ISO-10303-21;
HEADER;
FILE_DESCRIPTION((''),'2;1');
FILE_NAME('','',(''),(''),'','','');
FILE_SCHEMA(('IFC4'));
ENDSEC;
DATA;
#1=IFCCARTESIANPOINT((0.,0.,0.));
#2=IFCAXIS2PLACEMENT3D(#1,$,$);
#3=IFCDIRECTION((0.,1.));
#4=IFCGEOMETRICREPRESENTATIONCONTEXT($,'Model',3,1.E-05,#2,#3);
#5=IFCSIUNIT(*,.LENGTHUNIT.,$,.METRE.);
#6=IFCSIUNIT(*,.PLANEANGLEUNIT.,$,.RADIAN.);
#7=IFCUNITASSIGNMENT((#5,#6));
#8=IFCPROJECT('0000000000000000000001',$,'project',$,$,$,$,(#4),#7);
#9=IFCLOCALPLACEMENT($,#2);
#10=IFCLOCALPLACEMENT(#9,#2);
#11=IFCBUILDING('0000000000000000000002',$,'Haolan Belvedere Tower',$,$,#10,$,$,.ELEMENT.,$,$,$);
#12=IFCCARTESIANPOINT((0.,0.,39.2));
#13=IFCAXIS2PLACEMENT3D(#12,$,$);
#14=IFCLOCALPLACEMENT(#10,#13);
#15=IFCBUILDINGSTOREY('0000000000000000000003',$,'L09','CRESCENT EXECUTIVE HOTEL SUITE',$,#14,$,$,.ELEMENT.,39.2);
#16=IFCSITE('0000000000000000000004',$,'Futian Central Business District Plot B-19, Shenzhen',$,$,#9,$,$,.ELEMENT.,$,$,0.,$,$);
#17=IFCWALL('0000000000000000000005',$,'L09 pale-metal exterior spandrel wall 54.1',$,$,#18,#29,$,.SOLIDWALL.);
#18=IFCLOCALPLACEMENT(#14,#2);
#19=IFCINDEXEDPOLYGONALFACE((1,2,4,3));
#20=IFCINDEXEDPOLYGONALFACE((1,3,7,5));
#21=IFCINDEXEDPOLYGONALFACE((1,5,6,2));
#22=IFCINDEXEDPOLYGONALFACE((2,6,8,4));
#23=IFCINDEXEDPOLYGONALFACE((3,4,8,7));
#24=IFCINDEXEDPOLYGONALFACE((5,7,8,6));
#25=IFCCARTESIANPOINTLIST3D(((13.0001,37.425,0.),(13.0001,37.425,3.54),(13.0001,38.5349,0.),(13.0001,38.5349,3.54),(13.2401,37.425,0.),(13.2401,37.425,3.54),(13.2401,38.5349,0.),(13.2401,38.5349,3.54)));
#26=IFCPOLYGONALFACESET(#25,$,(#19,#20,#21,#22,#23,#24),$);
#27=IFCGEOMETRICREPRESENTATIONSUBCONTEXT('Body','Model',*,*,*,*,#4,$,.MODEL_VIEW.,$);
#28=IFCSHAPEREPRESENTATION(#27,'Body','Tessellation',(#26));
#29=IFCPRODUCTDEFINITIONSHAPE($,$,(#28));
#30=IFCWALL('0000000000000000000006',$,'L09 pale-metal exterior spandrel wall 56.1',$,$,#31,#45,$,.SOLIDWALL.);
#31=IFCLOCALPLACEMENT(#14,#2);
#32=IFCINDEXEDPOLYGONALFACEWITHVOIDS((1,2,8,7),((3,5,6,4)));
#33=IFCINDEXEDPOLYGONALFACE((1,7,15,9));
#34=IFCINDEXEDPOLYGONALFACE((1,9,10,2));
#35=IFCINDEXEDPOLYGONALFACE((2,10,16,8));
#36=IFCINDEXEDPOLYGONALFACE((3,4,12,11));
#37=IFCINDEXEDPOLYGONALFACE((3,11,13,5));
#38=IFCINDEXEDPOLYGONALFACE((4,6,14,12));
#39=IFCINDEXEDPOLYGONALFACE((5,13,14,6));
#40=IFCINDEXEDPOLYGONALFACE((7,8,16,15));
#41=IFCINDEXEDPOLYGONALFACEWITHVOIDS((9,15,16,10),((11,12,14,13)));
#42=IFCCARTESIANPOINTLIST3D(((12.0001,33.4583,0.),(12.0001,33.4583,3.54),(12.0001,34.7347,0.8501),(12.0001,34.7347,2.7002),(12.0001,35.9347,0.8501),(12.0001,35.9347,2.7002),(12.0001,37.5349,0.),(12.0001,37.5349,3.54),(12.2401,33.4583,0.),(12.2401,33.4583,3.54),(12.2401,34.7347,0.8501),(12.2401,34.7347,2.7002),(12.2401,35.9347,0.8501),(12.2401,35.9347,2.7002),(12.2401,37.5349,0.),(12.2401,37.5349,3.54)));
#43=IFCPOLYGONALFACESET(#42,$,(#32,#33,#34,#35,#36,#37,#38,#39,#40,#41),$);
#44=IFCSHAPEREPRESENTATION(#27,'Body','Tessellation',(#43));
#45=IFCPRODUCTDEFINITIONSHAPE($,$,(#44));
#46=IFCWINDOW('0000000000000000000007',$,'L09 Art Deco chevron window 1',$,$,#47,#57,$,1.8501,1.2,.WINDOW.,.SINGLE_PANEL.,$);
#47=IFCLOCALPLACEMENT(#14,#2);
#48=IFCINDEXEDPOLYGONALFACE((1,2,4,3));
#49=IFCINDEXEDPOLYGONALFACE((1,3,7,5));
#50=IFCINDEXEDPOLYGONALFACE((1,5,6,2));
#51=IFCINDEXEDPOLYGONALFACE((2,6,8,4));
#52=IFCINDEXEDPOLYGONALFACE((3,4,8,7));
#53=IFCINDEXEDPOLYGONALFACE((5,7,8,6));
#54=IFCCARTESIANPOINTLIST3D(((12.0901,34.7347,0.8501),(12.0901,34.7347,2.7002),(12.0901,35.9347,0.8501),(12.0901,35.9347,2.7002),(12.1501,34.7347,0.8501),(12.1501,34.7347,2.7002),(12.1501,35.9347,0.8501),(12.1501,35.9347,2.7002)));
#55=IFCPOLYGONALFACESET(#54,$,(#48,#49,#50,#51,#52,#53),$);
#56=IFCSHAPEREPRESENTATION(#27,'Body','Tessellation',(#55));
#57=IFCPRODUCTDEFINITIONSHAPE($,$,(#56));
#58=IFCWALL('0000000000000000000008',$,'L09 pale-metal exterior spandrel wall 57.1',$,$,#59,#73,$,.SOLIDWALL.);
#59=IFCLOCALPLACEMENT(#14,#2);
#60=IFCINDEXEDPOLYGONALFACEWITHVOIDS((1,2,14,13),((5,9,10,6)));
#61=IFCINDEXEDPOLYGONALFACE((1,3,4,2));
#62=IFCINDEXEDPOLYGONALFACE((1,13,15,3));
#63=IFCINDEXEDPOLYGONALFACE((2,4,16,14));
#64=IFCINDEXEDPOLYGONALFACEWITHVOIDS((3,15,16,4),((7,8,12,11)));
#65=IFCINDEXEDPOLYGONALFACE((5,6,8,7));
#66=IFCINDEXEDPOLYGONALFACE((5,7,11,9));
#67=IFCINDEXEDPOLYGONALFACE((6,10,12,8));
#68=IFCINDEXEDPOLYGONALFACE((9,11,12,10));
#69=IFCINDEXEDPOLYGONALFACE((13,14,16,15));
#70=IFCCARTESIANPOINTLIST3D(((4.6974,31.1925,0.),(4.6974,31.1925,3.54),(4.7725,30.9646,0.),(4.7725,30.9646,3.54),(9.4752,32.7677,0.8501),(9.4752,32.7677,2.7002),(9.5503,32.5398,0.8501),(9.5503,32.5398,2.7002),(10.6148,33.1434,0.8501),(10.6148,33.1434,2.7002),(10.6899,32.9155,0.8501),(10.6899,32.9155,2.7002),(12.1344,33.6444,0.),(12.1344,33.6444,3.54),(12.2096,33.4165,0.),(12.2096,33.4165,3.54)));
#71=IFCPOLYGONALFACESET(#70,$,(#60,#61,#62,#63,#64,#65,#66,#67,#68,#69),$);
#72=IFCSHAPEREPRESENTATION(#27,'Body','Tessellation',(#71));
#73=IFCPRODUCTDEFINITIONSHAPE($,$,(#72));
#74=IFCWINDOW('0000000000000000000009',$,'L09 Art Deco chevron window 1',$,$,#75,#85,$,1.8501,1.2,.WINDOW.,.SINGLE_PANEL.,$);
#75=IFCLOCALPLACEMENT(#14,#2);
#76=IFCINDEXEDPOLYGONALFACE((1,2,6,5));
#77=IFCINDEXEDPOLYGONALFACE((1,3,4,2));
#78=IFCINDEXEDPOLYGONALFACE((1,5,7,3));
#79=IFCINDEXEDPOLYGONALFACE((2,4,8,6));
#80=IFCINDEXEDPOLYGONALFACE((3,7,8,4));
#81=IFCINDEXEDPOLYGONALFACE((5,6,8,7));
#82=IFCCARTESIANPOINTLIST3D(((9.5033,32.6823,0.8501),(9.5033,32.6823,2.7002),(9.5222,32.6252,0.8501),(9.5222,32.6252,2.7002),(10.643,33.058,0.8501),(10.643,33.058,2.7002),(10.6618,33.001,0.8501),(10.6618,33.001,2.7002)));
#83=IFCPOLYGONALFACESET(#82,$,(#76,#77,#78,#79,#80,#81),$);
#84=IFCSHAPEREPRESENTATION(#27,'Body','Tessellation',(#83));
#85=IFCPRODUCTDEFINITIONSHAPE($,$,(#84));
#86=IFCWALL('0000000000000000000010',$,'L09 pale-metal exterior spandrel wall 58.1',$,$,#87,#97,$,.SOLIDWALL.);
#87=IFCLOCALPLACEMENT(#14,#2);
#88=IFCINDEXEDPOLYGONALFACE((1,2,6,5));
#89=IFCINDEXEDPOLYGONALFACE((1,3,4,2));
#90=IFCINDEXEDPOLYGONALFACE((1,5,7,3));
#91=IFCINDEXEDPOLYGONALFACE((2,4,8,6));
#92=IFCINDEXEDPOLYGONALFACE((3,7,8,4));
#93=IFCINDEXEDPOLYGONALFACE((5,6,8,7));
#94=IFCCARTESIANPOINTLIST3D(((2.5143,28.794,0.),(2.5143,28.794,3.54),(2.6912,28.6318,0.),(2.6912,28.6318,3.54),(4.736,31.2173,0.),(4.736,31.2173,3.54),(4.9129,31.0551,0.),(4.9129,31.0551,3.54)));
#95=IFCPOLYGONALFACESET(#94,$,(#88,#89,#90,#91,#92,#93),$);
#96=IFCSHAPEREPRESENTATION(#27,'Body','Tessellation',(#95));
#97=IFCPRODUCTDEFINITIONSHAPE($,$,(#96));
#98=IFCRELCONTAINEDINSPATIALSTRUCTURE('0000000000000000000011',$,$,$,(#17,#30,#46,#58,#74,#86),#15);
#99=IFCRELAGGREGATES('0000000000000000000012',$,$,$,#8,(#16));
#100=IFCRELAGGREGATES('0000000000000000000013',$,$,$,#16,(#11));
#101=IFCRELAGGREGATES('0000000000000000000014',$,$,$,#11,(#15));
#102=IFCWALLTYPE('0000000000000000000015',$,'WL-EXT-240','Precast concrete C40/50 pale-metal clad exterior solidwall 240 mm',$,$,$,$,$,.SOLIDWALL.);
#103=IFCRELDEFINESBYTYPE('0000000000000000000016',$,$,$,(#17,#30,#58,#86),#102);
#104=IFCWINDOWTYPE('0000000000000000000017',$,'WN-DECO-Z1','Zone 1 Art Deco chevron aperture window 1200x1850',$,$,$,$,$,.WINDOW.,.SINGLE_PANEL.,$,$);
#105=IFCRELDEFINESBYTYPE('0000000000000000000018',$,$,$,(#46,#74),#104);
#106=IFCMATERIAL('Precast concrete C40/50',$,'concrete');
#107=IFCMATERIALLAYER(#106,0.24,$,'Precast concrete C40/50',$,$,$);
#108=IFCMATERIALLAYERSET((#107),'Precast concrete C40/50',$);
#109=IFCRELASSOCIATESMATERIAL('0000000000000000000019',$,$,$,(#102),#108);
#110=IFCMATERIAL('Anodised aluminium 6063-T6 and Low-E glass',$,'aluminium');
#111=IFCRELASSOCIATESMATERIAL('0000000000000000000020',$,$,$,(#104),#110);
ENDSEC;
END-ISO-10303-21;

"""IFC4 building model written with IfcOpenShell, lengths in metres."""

from ifc_helpers import new_model, si_unit, direction, frame, frame_2d, origin, place, context, subcontext, project, spatial, rectangle, extrude, material, layer, layer_set, type_object, element, fill, save


model = new_model("IFC4")

# Units and contexts
model_context = context("Model", 3, precision=1e-05, world=origin(), true_north=direction((0.0, 1.0)))
body_context = subcontext(model_context, "Body", "Model", "MODEL_VIEW")
ifc_project = project(units=[si_unit("LENGTHUNIT", "METRE"), si_unit("PLANEANGLEUNIT", "RADIAN")], contexts=[model_context])

# Site, building, storey
site_placement = place(None, origin())
site = spatial("IfcSite", under=ifc_project, at=site_placement, Name="Futian Central Business District Plot B-19, Shenzhen", CompositionType="ELEMENT", RefElevation=0.0)
building_placement = place(site_placement, origin())
building = spatial("IfcBuilding", under=site, at=building_placement, Name="Haolan Belvedere Tower", CompositionType="ELEMENT")
storey_placement = place(building_placement, frame((0.0, 0.0, 39.2)))
storey = spatial("IfcBuildingStorey", under=building, at=storey_placement, Name="L09", Description="CRESCENT EXECUTIVE HOTEL SUITE", CompositionType="ELEMENT", Elevation=39.2)

# Wall
ifc_material_1 = material(Name="Precast concrete C40/50", Category="concrete")
ifc_layer_1 = layer(ifc_material_1, 0.24, Name="Precast concrete C40/50")
ifc_layer_set_1 = layer_set([ifc_layer_1], Name="Precast concrete C40/50")
wall_type_1 = type_object("IfcWallType", Name="WL-EXT-240", Description="Precast concrete C40/50 pale-metal clad exterior solidwall 240 mm", PredefinedType="SOLIDWALL", material=ifc_layer_set_1)
wall_1_placement = place(storey_placement, frame((13.1201, 38.5349, 0.0), z_axis=(0.0, 0.0, 1.0), x_axis=(0.0, -1.0, 0.0)))
element("IfcWall", 1, at=wall_1_placement, inside=storey, type_object=wall_type_1, Name="L09 pale-metal exterior spandrel wall 54.1", PredefinedType="SOLIDWALL", context=body_context, shape_type="SweptSolid", body=[
    extrude(rectangle(XDim=1.1099, YDim=0.24, at=frame_2d((0.5549, 0.0))), origin(), (0.0, 0.0, 1.0), 3.54),
])

# Walls, openings, windows
wall_2_placement = place(storey_placement, frame((12.1201, 37.5349, 0.0), z_axis=(0.0, 0.0, 1.0), x_axis=(0.0, -1.0, 0.0)))
wall_2 = element("IfcWall", 2, at=wall_2_placement, inside=storey, type_object=wall_type_1, Name="L09 pale-metal exterior spandrel wall 56.1", PredefinedType="SOLIDWALL", context=body_context, shape_type="SweptSolid", body=[
    extrude(rectangle(XDim=4.0767, YDim=0.24, at=frame_2d((2.0383, 0.0))), origin(), (0.0, 0.0, 1.0), 3.54),
])
opening_1_placement = place(wall_2_placement, frame((1.6001, 0.0, 0.8501)))
opening_1 = element("IfcOpeningElement", 3, at=opening_1_placement, cuts=wall_2, PredefinedType="OPENING", context=body_context, shape_type="SweptSolid", body=[
    extrude(rectangle(XDim=1.2, YDim=1.8501, at=frame_2d((0.6001, 0.925))), frame((0.0, 0.1299, 0.0), z_axis=(0.0, -1.0, 0.0), x_axis=(1.0, 0.0, 0.0)), (0.0, 0.0, 1.0), 0.26),
])
ifc_material_2 = material(Name="Anodised aluminium 6063-T6 and Low-E glass", Category="aluminium")
window_type = type_object("IfcWindowType", Name="WN-DECO-Z1", Description="Zone 1 Art Deco chevron aperture window 1200x1850", PartitioningType="SINGLE_PANEL", PredefinedType="WINDOW", material=ifc_material_2)
window_1_placement = place(opening_1_placement, origin())
window_1 = element("IfcWindow", 4, at=window_1_placement, inside=storey, type_object=window_type, Name="L09 Art Deco chevron window 1", OverallHeight=1.8501, OverallWidth=1.2, PartitioningType="SINGLE_PANEL", PredefinedType="WINDOW", context=body_context, shape_type="SweptSolid", body=[
    extrude(rectangle(XDim=1.2, YDim=1.8501, at=frame_2d((0.6001, 0.925))), frame((0.0, 0.03, 0.0), z_axis=(0.0, -1.0, 0.0), x_axis=(1.0, 0.0, 0.0)), (0.0, 0.0, 1.0), 0.0601),
])
fill(opening_1, window_1)
wall_3_placement = place(storey_placement, frame((12.1721, 33.5305, 0.0), z_axis=(0.0, 0.0, 1.0), x_axis=(-0.949716, -0.313111, 0.0)))
wall_3 = element("IfcWall", 5, at=wall_3_placement, inside=storey, type_object=wall_type_1, Name="L09 pale-metal exterior spandrel wall 57.1", PredefinedType="SOLIDWALL", context=body_context, shape_type="SweptSolid", body=[
    extrude(rectangle(XDim=7.8308, YDim=0.24, at=frame_2d((3.9155, 0.0))), origin(), (0.0, 0.0, 1.0), 3.54),
])
opening_2_placement = place(wall_3_placement, frame((1.6001, 0.0, 0.8501)))
opening_2 = element("IfcOpeningElement", 6, at=opening_2_placement, cuts=wall_3, PredefinedType="OPENING", context=body_context, shape_type="SweptSolid", body=[
    extrude(rectangle(XDim=1.2, YDim=1.8501, at=frame_2d((0.6001, 0.925))), frame((0.0, 0.1299, 0.0), z_axis=(0.0, -1.0, 0.0), x_axis=(1.0, 0.0, 0.0)), (0.0, 0.0, 1.0), 0.26),
])
window_2_placement = place(opening_2_placement, origin())
window_2 = element("IfcWindow", 7, at=window_2_placement, inside=storey, type_object=window_type, Name="L09 Art Deco chevron window 1", OverallHeight=1.8501, OverallWidth=1.2, PartitioningType="SINGLE_PANEL", PredefinedType="WINDOW", context=body_context, shape_type="SweptSolid", body=[
    extrude(rectangle(XDim=1.2, YDim=1.8501, at=frame_2d((0.6001, 0.925))), frame((0.0, 0.03, 0.0), z_axis=(0.0, -1.0, 0.0), x_axis=(1.0, 0.0, 0.0)), (0.0, 0.0, 1.0), 0.0601),
])
fill(opening_2, window_2)

# Wall
wall_4_placement = place(storey_placement, frame((4.8245, 31.1362, 0.0), z_axis=(0.0, 0.0, 1.0), x_axis=(-0.675772, -0.737111, 0.0)))
element("IfcWall", 8, at=wall_4_placement, inside=storey, type_object=wall_type_1, Name="L09 pale-metal exterior spandrel wall 58.1", PredefinedType="SOLIDWALL", context=body_context, shape_type="SweptSolid", body=[
    extrude(rectangle(XDim=3.2876, YDim=0.24, at=frame_2d((1.6438, 0.0))), origin(), (0.0, 0.0, 1.0), 3.54),
])

save(model, "model.ifc")
